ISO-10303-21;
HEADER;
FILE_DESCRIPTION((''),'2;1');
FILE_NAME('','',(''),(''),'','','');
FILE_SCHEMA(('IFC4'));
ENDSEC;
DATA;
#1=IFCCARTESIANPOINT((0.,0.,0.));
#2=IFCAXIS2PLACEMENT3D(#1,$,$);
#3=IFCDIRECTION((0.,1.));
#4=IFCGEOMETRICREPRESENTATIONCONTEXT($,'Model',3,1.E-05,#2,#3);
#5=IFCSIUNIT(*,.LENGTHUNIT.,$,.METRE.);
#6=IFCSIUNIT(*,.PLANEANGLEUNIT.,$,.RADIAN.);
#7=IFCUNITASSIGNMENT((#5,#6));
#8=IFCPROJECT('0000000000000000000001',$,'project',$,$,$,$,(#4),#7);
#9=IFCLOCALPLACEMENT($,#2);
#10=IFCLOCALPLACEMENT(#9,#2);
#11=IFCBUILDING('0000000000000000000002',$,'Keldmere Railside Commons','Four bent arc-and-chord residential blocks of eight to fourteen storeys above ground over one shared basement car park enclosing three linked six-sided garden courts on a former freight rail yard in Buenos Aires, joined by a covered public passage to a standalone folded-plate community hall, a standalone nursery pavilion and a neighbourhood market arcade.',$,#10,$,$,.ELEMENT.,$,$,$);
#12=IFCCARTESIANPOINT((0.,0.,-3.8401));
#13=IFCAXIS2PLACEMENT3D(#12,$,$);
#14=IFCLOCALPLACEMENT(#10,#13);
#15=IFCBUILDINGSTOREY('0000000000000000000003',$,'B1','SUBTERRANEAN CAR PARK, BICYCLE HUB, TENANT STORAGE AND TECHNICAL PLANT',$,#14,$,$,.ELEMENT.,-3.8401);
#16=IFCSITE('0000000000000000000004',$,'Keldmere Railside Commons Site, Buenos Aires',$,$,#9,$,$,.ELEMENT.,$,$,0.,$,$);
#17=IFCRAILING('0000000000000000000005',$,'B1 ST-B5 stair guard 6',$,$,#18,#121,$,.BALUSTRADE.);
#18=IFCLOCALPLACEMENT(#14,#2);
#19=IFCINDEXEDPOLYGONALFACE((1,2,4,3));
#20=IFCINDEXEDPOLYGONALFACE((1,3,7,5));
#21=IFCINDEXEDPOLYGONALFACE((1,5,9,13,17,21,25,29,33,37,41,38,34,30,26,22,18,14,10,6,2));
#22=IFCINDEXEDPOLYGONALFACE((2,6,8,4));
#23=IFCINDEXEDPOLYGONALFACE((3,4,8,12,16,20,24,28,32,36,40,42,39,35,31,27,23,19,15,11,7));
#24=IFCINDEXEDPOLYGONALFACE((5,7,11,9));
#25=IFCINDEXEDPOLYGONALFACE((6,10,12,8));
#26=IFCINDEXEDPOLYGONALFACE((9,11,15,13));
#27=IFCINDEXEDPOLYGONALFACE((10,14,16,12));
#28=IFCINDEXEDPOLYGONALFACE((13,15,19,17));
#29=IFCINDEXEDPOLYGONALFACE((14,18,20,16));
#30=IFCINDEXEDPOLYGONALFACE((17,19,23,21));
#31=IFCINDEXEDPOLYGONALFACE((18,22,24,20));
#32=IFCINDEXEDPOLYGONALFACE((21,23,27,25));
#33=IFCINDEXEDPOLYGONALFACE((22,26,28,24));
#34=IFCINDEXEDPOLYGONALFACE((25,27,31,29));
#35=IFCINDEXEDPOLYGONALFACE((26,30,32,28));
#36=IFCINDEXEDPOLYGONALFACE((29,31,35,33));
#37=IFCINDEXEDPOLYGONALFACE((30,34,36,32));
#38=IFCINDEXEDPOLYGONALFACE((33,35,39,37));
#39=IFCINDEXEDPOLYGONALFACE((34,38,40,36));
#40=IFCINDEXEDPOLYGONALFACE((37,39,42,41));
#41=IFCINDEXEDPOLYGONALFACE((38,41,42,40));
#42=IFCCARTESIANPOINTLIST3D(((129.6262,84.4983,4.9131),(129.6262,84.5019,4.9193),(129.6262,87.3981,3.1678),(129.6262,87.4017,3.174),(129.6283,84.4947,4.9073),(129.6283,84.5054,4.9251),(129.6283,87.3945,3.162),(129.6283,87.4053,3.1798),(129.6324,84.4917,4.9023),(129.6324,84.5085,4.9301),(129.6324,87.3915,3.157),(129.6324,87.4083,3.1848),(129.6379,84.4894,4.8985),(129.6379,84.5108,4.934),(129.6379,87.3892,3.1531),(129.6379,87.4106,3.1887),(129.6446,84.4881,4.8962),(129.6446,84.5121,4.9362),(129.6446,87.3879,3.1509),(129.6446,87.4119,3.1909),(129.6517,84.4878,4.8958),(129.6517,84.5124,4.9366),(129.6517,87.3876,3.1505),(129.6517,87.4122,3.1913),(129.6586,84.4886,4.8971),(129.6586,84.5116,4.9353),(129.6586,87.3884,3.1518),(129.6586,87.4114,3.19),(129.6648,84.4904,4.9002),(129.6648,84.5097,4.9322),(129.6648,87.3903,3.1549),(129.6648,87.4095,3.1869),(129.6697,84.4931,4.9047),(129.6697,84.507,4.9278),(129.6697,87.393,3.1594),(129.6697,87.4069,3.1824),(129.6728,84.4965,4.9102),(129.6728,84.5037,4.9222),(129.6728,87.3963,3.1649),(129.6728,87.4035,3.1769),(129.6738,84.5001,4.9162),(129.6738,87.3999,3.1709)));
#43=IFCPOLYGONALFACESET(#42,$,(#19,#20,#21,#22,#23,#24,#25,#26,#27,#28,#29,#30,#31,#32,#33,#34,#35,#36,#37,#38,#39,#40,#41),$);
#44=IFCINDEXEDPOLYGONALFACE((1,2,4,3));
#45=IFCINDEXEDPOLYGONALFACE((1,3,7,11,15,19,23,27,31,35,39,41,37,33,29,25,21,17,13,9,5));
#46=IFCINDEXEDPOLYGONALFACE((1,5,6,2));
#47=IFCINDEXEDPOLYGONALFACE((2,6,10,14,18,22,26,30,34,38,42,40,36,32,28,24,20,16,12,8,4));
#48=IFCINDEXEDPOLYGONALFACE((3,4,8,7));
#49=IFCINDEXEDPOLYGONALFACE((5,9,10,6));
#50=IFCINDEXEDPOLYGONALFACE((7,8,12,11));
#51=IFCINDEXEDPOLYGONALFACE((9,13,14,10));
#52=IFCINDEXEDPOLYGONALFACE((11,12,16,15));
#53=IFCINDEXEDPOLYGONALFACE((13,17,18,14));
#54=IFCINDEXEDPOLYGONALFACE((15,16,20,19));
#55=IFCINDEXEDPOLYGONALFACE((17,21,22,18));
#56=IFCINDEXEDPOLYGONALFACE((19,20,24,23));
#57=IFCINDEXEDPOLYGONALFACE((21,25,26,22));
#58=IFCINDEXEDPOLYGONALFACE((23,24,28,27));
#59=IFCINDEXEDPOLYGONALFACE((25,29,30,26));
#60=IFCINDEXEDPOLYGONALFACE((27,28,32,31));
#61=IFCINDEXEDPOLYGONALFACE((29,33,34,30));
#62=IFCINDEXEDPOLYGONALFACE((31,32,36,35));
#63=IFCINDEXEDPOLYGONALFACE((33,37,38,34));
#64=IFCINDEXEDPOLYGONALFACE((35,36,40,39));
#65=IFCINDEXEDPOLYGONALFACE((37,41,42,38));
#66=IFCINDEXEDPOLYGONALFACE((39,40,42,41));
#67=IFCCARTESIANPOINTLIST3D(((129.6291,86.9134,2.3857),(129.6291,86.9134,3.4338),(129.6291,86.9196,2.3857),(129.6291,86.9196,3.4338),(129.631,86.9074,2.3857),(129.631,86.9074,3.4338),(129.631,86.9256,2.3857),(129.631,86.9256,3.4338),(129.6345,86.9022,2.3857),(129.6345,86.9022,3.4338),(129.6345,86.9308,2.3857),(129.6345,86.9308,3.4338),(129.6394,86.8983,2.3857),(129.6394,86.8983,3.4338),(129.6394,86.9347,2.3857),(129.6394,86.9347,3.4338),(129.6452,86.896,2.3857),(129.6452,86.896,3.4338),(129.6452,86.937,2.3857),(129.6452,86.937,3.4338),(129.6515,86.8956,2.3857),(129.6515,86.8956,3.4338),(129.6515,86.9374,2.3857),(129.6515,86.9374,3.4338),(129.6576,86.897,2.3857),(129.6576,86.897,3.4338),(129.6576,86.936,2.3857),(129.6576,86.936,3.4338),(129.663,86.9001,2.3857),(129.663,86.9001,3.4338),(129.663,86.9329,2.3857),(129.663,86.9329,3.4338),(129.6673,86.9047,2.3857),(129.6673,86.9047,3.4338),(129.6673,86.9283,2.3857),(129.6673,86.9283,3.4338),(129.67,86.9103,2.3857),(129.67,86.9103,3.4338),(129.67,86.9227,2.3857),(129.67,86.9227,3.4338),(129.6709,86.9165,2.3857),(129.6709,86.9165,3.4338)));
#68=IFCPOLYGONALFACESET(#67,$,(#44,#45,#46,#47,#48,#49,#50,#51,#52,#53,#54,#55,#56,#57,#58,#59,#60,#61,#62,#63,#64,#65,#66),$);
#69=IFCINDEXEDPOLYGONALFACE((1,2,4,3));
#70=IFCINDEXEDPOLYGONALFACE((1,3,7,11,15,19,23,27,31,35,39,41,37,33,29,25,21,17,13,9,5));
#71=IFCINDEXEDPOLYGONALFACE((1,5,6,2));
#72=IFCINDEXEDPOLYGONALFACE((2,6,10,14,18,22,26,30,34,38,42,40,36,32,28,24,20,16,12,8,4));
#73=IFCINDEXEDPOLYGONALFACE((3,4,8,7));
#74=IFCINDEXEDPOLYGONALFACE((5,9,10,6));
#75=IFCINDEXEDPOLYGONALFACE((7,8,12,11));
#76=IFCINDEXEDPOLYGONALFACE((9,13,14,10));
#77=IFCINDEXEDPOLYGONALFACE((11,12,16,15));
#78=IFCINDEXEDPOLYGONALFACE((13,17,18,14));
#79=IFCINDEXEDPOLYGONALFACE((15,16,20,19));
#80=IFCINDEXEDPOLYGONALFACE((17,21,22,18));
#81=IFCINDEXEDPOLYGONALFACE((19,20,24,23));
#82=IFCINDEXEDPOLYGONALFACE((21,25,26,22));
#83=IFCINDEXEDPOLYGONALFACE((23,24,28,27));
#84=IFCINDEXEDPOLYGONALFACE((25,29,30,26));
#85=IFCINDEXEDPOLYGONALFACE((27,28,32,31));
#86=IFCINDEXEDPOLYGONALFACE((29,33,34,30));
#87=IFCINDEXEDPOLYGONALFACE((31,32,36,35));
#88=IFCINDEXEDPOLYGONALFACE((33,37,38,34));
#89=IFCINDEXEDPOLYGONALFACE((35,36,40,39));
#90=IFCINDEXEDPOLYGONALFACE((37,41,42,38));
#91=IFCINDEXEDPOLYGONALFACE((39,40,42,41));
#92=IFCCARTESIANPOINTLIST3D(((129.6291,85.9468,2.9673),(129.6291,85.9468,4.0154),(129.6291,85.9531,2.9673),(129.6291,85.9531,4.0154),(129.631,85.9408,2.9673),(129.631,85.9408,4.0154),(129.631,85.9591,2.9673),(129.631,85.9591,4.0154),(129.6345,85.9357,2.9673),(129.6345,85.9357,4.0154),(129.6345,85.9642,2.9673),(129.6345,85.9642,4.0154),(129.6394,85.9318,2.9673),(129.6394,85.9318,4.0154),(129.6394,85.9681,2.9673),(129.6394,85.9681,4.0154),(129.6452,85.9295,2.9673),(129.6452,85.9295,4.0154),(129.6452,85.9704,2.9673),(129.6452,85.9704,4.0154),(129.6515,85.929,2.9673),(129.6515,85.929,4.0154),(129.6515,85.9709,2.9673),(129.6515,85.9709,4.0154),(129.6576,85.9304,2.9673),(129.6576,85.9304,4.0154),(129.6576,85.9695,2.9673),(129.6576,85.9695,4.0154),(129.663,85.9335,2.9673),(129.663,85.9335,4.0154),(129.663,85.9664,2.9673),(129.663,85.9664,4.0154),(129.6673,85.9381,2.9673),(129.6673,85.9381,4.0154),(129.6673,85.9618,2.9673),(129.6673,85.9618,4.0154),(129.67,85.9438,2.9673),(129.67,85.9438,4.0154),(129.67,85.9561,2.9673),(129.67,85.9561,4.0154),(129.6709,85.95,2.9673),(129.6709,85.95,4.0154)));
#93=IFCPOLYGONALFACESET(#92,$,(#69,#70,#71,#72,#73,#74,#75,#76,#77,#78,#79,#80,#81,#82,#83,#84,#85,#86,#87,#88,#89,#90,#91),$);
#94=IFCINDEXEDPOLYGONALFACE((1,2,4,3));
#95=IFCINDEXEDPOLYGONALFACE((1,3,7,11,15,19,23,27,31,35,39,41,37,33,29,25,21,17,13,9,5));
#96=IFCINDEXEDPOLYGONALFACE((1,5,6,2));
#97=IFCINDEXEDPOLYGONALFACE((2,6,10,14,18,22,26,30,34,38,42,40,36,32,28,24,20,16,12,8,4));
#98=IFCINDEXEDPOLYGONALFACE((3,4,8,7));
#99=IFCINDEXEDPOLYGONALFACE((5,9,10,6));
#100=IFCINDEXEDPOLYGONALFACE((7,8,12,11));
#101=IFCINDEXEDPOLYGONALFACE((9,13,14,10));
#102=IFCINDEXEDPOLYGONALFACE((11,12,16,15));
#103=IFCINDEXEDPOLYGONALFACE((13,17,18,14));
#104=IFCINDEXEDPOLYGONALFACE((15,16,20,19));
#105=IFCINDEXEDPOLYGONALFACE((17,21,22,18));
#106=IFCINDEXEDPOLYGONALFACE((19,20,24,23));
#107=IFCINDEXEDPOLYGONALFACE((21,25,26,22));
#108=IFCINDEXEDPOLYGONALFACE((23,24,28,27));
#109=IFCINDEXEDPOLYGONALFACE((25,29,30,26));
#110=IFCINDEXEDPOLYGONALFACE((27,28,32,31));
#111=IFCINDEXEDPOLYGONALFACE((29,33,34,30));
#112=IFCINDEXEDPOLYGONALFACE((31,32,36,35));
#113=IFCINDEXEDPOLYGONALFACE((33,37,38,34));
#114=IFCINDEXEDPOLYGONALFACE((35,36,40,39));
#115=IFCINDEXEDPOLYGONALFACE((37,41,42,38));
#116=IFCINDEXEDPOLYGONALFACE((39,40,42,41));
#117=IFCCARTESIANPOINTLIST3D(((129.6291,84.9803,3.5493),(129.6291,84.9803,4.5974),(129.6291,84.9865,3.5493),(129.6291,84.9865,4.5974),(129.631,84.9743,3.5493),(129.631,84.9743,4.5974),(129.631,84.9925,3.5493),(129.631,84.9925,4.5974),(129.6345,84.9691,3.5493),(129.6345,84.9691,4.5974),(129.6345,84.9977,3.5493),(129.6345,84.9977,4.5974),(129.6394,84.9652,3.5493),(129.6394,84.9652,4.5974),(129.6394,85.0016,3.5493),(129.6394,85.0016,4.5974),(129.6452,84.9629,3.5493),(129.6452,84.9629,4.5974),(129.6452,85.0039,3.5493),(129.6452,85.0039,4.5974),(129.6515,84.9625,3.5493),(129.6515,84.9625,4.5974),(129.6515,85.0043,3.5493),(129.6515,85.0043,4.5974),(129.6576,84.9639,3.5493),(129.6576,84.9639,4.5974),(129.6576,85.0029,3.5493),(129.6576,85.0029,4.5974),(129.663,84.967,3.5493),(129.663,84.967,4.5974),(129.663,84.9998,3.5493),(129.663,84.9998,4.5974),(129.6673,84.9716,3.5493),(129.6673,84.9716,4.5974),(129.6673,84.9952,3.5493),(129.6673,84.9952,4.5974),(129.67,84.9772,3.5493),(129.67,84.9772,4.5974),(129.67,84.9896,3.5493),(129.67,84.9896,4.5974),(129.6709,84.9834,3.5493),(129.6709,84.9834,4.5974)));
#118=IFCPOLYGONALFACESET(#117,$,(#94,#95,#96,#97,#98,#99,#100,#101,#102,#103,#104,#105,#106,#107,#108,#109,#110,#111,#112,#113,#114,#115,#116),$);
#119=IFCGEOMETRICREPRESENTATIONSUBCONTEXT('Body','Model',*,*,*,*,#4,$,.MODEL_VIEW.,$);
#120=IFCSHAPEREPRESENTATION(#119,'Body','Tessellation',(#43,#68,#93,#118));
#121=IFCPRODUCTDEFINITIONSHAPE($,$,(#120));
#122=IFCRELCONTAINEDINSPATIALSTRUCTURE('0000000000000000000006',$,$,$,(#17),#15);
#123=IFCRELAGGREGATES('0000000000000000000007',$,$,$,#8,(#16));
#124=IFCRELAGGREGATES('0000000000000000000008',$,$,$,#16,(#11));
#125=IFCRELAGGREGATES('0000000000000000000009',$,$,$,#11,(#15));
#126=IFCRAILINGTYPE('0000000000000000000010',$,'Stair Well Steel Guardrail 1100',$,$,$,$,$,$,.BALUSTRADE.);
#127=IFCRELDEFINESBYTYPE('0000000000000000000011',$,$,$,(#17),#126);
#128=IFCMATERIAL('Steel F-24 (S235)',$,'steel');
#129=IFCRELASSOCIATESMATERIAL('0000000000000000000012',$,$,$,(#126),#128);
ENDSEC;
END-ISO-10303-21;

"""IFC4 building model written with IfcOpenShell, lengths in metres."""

from ifc_helpers import new_model, si_unit, direction, frame, origin, origin_2d, place, context, subcontext, project, spatial, circle, extrude, material, type_object, element, save


model = new_model("IFC4")

# Units and contexts
model_context = context("Model", 3, precision=1e-05, world=origin(), true_north=direction((0.0, 1.0)))
body_context = subcontext(model_context, "Body", "Model", "MODEL_VIEW")
ifc_project = project(units=[si_unit("LENGTHUNIT", "METRE"), si_unit("PLANEANGLEUNIT", "RADIAN")], contexts=[model_context])

# Site, building, storey
site_placement = place(None, origin())
site = spatial("IfcSite", under=ifc_project, at=site_placement, Name="Keldmere Railside Commons Site, Buenos Aires", CompositionType="ELEMENT", RefElevation=0.0)
building_placement = place(site_placement, origin())
building = spatial("IfcBuilding", under=site, at=building_placement, Name="Keldmere Railside Commons", Description="Four bent arc-and-chord residential blocks of eight to fourteen storeys above ground over one shared basement car park enclosing three linked six-sided garden courts on a former freight rail yard in Buenos Aires, joined by a covered public passage to a standalone folded-plate community hall, a standalone nursery pavilion and a neighbourhood market arcade.", CompositionType="ELEMENT")
storey_placement = place(building_placement, frame((0.0, 0.0, -3.8401)))
storey = spatial("IfcBuildingStorey", under=building, at=storey_placement, Name="B1", Description="SUBTERRANEAN CAR PARK, BICYCLE HUB, TENANT STORAGE AND TECHNICAL PLANT", CompositionType="ELEMENT", Elevation=-3.8401)

# Shared definitions
ifc_material_1 = material(Name="Steel F-24 (S235)", Category="steel")

# Railing
railing_type_1 = type_object("IfcRailingType", Name="Stair Well Steel Guardrail 1100", PredefinedType="BALUSTRADE", material=ifc_material_1)
railing_1_placement = place(storey_placement, frame((129.6499, 87.3999, 2.0947)))
element("IfcRailing", 1, at=railing_1_placement, inside=storey, type_object=railing_type_1, Name="B1 ST-B5 stair guard 6", PredefinedType="BALUSTRADE", context=body_context, shape_type="SweptSolid", body=[
    extrude(circle(Radius=0.0239, at=origin_2d()), frame((0.0, 0.0, 1.0762), z_axis=(0.0, -0.856786, 0.515673), x_axis=(1.0, 0.0, 0.0)), (0.0, 0.0, 1.0), 3.3845),
    extrude(circle(Radius=0.021, at=origin_2d()), frame((0.0, -0.4834, 0.291)), (0.0, 0.0, 1.0), 1.0481),
    extrude(circle(Radius=0.021, at=origin_2d()), frame((0.0, -1.45, 0.8726)), (0.0, 0.0, 1.0), 1.0481),
    extrude(circle(Radius=0.021, at=origin_2d()), frame((0.0, -2.4165, 1.4546)), (0.0, 0.0, 1.0), 1.0481),
])

save(model, "model.ifc")
